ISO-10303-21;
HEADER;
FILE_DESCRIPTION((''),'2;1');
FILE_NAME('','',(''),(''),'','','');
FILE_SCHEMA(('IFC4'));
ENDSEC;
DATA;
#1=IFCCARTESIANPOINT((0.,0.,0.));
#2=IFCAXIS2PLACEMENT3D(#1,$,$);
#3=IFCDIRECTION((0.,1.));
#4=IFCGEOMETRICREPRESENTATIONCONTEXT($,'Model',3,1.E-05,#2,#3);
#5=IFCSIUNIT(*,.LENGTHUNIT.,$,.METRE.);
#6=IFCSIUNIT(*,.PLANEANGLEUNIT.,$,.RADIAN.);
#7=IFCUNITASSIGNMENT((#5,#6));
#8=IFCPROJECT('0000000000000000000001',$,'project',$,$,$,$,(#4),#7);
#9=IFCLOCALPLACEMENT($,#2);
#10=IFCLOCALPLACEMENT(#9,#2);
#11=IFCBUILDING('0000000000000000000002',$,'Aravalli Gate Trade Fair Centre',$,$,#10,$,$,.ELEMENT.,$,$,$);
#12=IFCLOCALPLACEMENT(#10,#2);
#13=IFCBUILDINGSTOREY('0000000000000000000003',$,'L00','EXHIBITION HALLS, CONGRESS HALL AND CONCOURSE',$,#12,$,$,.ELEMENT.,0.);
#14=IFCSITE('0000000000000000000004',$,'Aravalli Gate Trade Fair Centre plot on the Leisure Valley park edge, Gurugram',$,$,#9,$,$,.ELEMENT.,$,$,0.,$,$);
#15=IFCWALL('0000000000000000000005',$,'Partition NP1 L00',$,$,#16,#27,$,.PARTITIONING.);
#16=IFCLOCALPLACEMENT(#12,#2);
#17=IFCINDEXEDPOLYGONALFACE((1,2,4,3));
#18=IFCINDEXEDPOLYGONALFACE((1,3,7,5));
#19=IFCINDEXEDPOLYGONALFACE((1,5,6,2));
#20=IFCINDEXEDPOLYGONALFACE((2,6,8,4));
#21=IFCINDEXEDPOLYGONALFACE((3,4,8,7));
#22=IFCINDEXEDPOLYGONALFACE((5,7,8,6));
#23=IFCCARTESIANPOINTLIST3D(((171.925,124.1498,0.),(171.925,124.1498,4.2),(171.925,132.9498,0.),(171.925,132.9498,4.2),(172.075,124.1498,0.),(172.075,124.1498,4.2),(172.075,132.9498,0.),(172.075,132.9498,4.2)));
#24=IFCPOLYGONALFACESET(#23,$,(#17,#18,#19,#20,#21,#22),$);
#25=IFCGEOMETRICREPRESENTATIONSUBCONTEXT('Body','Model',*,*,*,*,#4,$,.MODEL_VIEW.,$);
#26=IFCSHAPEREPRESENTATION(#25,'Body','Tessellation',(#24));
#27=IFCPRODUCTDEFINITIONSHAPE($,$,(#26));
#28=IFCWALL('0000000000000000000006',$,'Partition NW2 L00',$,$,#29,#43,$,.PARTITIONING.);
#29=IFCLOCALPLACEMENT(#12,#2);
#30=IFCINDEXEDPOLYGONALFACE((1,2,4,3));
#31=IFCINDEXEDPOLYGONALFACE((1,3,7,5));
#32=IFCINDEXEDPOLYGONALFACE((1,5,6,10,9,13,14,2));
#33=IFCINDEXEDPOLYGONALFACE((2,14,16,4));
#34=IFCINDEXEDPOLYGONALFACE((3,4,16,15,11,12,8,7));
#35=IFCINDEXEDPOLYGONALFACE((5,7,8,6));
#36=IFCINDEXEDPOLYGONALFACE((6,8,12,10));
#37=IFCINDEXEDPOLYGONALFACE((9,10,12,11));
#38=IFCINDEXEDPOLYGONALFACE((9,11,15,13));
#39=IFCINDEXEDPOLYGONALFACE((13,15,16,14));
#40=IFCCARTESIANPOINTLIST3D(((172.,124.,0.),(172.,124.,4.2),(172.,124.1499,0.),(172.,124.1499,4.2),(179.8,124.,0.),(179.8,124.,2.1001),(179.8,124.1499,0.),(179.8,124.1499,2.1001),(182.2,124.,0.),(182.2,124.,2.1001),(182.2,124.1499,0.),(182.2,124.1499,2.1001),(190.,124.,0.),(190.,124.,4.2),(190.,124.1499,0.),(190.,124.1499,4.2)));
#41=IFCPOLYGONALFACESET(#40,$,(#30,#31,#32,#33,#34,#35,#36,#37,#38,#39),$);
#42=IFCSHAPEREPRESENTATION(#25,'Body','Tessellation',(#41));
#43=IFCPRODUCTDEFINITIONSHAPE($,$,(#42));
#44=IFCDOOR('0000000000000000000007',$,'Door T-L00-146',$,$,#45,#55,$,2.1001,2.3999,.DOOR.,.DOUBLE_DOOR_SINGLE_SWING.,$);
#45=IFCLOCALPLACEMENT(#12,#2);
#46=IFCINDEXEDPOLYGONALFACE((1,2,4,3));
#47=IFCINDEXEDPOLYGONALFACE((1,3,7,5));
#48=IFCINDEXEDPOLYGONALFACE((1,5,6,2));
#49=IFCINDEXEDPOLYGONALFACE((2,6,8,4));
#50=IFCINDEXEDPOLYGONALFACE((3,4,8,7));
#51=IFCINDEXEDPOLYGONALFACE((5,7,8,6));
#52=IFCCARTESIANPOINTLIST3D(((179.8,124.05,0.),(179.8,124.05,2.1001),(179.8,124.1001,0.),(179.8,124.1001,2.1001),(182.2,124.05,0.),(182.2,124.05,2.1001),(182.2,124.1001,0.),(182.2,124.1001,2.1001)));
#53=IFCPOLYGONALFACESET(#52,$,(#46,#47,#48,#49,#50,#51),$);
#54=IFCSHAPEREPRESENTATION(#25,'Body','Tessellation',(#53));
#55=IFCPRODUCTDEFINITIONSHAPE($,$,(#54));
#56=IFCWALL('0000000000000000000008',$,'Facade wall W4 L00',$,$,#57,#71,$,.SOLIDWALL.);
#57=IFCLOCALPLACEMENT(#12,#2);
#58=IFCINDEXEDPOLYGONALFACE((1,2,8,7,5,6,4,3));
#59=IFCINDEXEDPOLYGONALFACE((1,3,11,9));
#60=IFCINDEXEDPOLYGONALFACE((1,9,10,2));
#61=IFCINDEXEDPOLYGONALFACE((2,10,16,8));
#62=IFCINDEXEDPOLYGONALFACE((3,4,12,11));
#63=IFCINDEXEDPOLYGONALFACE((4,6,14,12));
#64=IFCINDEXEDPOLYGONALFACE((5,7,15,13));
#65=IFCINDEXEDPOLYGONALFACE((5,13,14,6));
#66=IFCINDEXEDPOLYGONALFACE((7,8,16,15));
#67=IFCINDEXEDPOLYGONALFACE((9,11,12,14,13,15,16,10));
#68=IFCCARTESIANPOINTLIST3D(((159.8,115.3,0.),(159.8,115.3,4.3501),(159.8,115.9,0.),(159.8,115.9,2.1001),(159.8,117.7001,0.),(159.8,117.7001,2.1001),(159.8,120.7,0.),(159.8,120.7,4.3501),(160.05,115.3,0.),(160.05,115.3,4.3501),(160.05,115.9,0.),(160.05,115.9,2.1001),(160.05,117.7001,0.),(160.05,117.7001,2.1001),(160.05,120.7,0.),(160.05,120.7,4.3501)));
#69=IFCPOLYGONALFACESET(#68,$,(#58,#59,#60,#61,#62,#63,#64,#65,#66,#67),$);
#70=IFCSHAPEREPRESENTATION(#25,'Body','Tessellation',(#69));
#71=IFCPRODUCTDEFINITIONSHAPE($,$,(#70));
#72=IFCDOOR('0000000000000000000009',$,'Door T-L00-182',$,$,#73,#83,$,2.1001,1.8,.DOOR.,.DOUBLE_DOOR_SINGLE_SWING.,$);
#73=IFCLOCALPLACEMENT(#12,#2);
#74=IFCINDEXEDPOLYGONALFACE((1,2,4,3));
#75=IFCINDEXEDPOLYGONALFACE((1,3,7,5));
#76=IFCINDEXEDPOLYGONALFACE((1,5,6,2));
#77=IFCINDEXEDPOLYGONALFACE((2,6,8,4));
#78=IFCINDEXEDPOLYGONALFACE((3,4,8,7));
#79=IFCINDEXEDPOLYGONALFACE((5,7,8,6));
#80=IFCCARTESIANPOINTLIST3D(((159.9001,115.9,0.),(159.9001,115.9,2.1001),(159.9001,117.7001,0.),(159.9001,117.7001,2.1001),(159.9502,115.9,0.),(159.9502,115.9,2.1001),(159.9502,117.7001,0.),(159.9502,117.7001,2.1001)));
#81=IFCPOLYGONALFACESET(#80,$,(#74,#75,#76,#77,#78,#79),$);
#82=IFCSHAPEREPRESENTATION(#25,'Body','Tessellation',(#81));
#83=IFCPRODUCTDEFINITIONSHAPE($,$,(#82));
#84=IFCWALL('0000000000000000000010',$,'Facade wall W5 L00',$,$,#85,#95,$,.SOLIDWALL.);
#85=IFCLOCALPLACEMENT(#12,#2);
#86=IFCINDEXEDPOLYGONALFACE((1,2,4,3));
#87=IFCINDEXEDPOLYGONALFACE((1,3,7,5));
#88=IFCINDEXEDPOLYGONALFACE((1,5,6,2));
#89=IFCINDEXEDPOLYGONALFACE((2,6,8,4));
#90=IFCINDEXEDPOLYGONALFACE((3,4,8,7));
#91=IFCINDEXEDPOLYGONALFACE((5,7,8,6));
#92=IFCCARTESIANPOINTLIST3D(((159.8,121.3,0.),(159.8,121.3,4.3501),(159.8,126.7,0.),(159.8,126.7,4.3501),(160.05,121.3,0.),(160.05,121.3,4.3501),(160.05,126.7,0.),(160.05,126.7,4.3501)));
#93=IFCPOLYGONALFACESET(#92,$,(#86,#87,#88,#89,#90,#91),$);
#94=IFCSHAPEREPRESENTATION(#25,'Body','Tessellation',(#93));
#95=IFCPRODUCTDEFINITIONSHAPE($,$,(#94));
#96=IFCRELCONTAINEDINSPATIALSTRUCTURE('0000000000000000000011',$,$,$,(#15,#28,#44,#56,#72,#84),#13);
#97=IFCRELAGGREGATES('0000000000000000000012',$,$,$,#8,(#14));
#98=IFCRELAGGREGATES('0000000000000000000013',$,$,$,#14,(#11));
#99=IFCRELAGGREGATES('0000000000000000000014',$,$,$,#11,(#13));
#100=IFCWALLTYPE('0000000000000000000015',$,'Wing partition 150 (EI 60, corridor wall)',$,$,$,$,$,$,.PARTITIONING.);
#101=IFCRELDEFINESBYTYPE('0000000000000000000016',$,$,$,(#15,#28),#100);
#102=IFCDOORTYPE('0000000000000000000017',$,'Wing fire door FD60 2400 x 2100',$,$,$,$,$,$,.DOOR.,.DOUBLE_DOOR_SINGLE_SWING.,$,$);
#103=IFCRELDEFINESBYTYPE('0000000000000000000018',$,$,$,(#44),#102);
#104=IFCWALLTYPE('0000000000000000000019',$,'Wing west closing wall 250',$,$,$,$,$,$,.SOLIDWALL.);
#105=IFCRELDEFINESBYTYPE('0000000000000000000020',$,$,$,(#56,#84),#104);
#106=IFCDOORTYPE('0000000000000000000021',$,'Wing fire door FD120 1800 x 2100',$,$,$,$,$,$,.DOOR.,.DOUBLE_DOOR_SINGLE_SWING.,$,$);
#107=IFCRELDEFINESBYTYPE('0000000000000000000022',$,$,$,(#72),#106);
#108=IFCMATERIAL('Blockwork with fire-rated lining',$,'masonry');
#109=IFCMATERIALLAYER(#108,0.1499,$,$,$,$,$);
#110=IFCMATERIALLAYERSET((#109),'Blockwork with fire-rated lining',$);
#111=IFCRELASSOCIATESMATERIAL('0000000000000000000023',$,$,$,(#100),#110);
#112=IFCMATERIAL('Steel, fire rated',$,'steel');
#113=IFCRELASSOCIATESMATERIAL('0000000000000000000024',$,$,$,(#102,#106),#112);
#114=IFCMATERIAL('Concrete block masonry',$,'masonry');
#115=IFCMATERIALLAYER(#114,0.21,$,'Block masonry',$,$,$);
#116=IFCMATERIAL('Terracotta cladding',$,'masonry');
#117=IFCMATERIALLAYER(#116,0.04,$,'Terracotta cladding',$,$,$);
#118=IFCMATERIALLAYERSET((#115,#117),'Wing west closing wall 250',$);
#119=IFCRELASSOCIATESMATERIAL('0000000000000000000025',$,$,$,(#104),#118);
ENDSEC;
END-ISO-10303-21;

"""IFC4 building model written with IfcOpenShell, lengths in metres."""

from ifc_helpers import new_model, si_unit, direction, frame, frame_2d, origin, place, context, subcontext, project, spatial, rectangle, extrude, material, layer, layer_set, type_object, element, fill, save


model = new_model("IFC4")

# Units and contexts
model_context = context("Model", 3, precision=1e-05, world=origin(), true_north=direction((0.0, 1.0)))
body_context = subcontext(model_context, "Body", "Model", "MODEL_VIEW")
ifc_project = project(units=[si_unit("LENGTHUNIT", "METRE"), si_unit("PLANEANGLEUNIT", "RADIAN")], contexts=[model_context])

# Site, building, storey
site_placement = place(None, origin())
site = spatial("IfcSite", under=ifc_project, at=site_placement, Name="Aravalli Gate Trade Fair Centre plot on the Leisure Valley park edge, Gurugram", CompositionType="ELEMENT", RefElevation=0.0)
building_placement = place(site_placement, origin())
building = spatial("IfcBuilding", under=site, at=building_placement, Name="Aravalli Gate Trade Fair Centre", CompositionType="ELEMENT")
storey_placement = place(building_placement, origin())
storey = spatial("IfcBuildingStorey", under=building, at=storey_placement, Name="L00", Description="EXHIBITION HALLS, CONGRESS HALL AND CONCOURSE", CompositionType="ELEMENT", Elevation=0.0)

# Shared definitions
ifc_material_1 = material(Name="Steel, fire rated", Category="steel")

# Shared definitions
ifc_material_2 = material(Name="Blockwork with fire-rated lining", Category="masonry")
ifc_layer_1 = layer(ifc_material_2, 0.1499)
ifc_layer_set_1 = layer_set([ifc_layer_1], Name="Blockwork with fire-rated lining")
wall_type_1 = type_object("IfcWallType", Name="Wing partition 150 (EI 60, corridor wall)", PredefinedType="PARTITIONING", material=ifc_layer_set_1)

# Wall
wall_1_placement = place(storey_placement, frame((172.0, 124.1499, 0.0), z_axis=(0.0, 0.0, 1.0), x_axis=(0.0, 1.0, 0.0)))
element("IfcWall", 1, at=wall_1_placement, inside=storey, type_object=wall_type_1, Name="Partition NP1 L00", PredefinedType="PARTITIONING", context=body_context, shape_type="SweptSolid", body=[
    extrude(rectangle(XDim=8.8, YDim=0.1499, at=frame_2d((4.3999, 0.0))), origin(), (0.0, 0.0, 1.0), 4.2),
])

# Walls, openings, doors
wall_2_placement = place(storey_placement, frame((172.0, 124.075, 0.0), z_axis=(0.0, 0.0, 1.0), x_axis=(1.0, 0.0, 0.0)))
wall_2 = element("IfcWall", 2, at=wall_2_placement, inside=storey, type_object=wall_type_1, Name="Partition NW2 L00", PredefinedType="PARTITIONING", context=body_context, shape_type="SweptSolid", body=[
    extrude(rectangle(XDim=18.0, YDim=0.1499, at=frame_2d((9.0, 0.0))), origin(), (0.0, 0.0, 1.0), 4.2),
])
opening_1_placement = place(wall_2_placement, frame((7.8, 0.0, 0.0)))
opening_1 = element("IfcOpeningElement", 3, at=opening_1_placement, cuts=wall_2, PredefinedType="OPENING", context=body_context, shape_type="SweptSolid", body=[
    extrude(rectangle(XDim=2.3999, YDim=2.1001, at=frame_2d((1.2, 1.05))), frame((0.0, 0.085, 0.0), z_axis=(0.0, -1.0, 0.0), x_axis=(1.0, 0.0, 0.0)), (0.0, 0.0, 1.0), 0.1699),
])
door_type_1 = type_object("IfcDoorType", Name="Wing fire door FD60 2400 x 2100", OperationType="DOUBLE_DOOR_SINGLE_SWING", PredefinedType="DOOR", material=ifc_material_1)
door_1_placement = place(opening_1_placement, frame((2.3999, 0.0, 0.0), z_axis=(0.0, 0.0, 1.0), x_axis=(-1.0, 0.0, 0.0)))
door_1 = element("IfcDoor", 4, at=door_1_placement, inside=storey, type_object=door_type_1, Name="Door T-L00-146", OperationType="DOUBLE_DOOR_SINGLE_SWING", OverallHeight=2.1001, OverallWidth=2.3999, PredefinedType="DOOR", context=body_context, shape_type="SweptSolid", body=[
    extrude(rectangle(XDim=2.3999, YDim=2.1001, at=frame_2d((1.2, 1.05))), frame((0.0, 0.0249, 0.0), z_axis=(0.0, -1.0, 0.0), x_axis=(1.0, 0.0, 0.0)), (0.0, 0.0, 1.0), 0.05),
])
fill(opening_1, door_1)
ifc_material_3 = material(Name="Concrete block masonry", Category="masonry")
ifc_layer_2 = layer(ifc_material_3, 0.21, Name="Block masonry")
ifc_material_4 = material(Name="Terracotta cladding", Category="masonry")
ifc_layer_3 = layer(ifc_material_4, 0.04, Name="Terracotta cladding")
ifc_layer_set_2 = layer_set([ifc_layer_2, ifc_layer_3], Name="Wing west closing wall 250")
wall_type_2 = type_object("IfcWallType", Name="Wing west closing wall 250", PredefinedType="SOLIDWALL", material=ifc_layer_set_2)
wall_3_placement = place(storey_placement, frame((159.925, 115.3, 0.0), z_axis=(0.0, 0.0, 1.0), x_axis=(0.0, 1.0, 0.0)))
wall_3 = element("IfcWall", 5, at=wall_3_placement, inside=storey, type_object=wall_type_2, Name="Facade wall W4 L00", PredefinedType="SOLIDWALL", context=body_context, shape_type="SweptSolid", body=[
    extrude(rectangle(XDim=5.3999, YDim=0.25, at=frame_2d((2.7, 0.0))), origin(), (0.0, 0.0, 1.0), 4.3501),
])
opening_2_placement = place(wall_3_placement, frame((0.6001, 0.0, 0.0)))
opening_2 = element("IfcOpeningElement", 6, at=opening_2_placement, cuts=wall_3, PredefinedType="OPENING", context=body_context, shape_type="SweptSolid", body=[
    extrude(rectangle(XDim=1.8, YDim=2.1001, at=frame_2d((0.8999, 1.05))), frame((0.0, 0.135, 0.0), z_axis=(0.0, -1.0, 0.0), x_axis=(1.0, 0.0, 0.0)), (0.0, 0.0, 1.0), 0.27),
])
door_type_2 = type_object("IfcDoorType", Name="Wing fire door FD120 1800 x 2100", OperationType="DOUBLE_DOOR_SINGLE_SWING", PredefinedType="DOOR", material=ifc_material_1)
door_2_placement = place(opening_2_placement, origin())
door_2 = element("IfcDoor", 7, at=door_2_placement, inside=storey, type_object=door_type_2, Name="Door T-L00-182", OperationType="DOUBLE_DOOR_SINGLE_SWING", OverallHeight=2.1001, OverallWidth=1.8, PredefinedType="DOOR", context=body_context, shape_type="SweptSolid", body=[
    extrude(rectangle(XDim=1.8, YDim=2.1001, at=frame_2d((0.8999, 1.05))), frame((0.0, 0.0249, 0.0), z_axis=(0.0, -1.0, 0.0), x_axis=(1.0, 0.0, 0.0)), (0.0, 0.0, 1.0), 0.05),
])
fill(opening_2, door_2)

# Wall
wall_4_placement = place(storey_placement, frame((159.925, 121.3, 0.0), z_axis=(0.0, 0.0, 1.0), x_axis=(0.0, 1.0, 0.0)))
element("IfcWall", 8, at=wall_4_placement, inside=storey, type_object=wall_type_2, Name="Facade wall W5 L00", PredefinedType="SOLIDWALL", context=body_context, shape_type="SweptSolid", body=[
    extrude(rectangle(XDim=5.3999, YDim=0.25, at=frame_2d((2.7, 0.0))), origin(), (0.0, 0.0, 1.0), 4.3501),
])

save(model, "model.ifc")
